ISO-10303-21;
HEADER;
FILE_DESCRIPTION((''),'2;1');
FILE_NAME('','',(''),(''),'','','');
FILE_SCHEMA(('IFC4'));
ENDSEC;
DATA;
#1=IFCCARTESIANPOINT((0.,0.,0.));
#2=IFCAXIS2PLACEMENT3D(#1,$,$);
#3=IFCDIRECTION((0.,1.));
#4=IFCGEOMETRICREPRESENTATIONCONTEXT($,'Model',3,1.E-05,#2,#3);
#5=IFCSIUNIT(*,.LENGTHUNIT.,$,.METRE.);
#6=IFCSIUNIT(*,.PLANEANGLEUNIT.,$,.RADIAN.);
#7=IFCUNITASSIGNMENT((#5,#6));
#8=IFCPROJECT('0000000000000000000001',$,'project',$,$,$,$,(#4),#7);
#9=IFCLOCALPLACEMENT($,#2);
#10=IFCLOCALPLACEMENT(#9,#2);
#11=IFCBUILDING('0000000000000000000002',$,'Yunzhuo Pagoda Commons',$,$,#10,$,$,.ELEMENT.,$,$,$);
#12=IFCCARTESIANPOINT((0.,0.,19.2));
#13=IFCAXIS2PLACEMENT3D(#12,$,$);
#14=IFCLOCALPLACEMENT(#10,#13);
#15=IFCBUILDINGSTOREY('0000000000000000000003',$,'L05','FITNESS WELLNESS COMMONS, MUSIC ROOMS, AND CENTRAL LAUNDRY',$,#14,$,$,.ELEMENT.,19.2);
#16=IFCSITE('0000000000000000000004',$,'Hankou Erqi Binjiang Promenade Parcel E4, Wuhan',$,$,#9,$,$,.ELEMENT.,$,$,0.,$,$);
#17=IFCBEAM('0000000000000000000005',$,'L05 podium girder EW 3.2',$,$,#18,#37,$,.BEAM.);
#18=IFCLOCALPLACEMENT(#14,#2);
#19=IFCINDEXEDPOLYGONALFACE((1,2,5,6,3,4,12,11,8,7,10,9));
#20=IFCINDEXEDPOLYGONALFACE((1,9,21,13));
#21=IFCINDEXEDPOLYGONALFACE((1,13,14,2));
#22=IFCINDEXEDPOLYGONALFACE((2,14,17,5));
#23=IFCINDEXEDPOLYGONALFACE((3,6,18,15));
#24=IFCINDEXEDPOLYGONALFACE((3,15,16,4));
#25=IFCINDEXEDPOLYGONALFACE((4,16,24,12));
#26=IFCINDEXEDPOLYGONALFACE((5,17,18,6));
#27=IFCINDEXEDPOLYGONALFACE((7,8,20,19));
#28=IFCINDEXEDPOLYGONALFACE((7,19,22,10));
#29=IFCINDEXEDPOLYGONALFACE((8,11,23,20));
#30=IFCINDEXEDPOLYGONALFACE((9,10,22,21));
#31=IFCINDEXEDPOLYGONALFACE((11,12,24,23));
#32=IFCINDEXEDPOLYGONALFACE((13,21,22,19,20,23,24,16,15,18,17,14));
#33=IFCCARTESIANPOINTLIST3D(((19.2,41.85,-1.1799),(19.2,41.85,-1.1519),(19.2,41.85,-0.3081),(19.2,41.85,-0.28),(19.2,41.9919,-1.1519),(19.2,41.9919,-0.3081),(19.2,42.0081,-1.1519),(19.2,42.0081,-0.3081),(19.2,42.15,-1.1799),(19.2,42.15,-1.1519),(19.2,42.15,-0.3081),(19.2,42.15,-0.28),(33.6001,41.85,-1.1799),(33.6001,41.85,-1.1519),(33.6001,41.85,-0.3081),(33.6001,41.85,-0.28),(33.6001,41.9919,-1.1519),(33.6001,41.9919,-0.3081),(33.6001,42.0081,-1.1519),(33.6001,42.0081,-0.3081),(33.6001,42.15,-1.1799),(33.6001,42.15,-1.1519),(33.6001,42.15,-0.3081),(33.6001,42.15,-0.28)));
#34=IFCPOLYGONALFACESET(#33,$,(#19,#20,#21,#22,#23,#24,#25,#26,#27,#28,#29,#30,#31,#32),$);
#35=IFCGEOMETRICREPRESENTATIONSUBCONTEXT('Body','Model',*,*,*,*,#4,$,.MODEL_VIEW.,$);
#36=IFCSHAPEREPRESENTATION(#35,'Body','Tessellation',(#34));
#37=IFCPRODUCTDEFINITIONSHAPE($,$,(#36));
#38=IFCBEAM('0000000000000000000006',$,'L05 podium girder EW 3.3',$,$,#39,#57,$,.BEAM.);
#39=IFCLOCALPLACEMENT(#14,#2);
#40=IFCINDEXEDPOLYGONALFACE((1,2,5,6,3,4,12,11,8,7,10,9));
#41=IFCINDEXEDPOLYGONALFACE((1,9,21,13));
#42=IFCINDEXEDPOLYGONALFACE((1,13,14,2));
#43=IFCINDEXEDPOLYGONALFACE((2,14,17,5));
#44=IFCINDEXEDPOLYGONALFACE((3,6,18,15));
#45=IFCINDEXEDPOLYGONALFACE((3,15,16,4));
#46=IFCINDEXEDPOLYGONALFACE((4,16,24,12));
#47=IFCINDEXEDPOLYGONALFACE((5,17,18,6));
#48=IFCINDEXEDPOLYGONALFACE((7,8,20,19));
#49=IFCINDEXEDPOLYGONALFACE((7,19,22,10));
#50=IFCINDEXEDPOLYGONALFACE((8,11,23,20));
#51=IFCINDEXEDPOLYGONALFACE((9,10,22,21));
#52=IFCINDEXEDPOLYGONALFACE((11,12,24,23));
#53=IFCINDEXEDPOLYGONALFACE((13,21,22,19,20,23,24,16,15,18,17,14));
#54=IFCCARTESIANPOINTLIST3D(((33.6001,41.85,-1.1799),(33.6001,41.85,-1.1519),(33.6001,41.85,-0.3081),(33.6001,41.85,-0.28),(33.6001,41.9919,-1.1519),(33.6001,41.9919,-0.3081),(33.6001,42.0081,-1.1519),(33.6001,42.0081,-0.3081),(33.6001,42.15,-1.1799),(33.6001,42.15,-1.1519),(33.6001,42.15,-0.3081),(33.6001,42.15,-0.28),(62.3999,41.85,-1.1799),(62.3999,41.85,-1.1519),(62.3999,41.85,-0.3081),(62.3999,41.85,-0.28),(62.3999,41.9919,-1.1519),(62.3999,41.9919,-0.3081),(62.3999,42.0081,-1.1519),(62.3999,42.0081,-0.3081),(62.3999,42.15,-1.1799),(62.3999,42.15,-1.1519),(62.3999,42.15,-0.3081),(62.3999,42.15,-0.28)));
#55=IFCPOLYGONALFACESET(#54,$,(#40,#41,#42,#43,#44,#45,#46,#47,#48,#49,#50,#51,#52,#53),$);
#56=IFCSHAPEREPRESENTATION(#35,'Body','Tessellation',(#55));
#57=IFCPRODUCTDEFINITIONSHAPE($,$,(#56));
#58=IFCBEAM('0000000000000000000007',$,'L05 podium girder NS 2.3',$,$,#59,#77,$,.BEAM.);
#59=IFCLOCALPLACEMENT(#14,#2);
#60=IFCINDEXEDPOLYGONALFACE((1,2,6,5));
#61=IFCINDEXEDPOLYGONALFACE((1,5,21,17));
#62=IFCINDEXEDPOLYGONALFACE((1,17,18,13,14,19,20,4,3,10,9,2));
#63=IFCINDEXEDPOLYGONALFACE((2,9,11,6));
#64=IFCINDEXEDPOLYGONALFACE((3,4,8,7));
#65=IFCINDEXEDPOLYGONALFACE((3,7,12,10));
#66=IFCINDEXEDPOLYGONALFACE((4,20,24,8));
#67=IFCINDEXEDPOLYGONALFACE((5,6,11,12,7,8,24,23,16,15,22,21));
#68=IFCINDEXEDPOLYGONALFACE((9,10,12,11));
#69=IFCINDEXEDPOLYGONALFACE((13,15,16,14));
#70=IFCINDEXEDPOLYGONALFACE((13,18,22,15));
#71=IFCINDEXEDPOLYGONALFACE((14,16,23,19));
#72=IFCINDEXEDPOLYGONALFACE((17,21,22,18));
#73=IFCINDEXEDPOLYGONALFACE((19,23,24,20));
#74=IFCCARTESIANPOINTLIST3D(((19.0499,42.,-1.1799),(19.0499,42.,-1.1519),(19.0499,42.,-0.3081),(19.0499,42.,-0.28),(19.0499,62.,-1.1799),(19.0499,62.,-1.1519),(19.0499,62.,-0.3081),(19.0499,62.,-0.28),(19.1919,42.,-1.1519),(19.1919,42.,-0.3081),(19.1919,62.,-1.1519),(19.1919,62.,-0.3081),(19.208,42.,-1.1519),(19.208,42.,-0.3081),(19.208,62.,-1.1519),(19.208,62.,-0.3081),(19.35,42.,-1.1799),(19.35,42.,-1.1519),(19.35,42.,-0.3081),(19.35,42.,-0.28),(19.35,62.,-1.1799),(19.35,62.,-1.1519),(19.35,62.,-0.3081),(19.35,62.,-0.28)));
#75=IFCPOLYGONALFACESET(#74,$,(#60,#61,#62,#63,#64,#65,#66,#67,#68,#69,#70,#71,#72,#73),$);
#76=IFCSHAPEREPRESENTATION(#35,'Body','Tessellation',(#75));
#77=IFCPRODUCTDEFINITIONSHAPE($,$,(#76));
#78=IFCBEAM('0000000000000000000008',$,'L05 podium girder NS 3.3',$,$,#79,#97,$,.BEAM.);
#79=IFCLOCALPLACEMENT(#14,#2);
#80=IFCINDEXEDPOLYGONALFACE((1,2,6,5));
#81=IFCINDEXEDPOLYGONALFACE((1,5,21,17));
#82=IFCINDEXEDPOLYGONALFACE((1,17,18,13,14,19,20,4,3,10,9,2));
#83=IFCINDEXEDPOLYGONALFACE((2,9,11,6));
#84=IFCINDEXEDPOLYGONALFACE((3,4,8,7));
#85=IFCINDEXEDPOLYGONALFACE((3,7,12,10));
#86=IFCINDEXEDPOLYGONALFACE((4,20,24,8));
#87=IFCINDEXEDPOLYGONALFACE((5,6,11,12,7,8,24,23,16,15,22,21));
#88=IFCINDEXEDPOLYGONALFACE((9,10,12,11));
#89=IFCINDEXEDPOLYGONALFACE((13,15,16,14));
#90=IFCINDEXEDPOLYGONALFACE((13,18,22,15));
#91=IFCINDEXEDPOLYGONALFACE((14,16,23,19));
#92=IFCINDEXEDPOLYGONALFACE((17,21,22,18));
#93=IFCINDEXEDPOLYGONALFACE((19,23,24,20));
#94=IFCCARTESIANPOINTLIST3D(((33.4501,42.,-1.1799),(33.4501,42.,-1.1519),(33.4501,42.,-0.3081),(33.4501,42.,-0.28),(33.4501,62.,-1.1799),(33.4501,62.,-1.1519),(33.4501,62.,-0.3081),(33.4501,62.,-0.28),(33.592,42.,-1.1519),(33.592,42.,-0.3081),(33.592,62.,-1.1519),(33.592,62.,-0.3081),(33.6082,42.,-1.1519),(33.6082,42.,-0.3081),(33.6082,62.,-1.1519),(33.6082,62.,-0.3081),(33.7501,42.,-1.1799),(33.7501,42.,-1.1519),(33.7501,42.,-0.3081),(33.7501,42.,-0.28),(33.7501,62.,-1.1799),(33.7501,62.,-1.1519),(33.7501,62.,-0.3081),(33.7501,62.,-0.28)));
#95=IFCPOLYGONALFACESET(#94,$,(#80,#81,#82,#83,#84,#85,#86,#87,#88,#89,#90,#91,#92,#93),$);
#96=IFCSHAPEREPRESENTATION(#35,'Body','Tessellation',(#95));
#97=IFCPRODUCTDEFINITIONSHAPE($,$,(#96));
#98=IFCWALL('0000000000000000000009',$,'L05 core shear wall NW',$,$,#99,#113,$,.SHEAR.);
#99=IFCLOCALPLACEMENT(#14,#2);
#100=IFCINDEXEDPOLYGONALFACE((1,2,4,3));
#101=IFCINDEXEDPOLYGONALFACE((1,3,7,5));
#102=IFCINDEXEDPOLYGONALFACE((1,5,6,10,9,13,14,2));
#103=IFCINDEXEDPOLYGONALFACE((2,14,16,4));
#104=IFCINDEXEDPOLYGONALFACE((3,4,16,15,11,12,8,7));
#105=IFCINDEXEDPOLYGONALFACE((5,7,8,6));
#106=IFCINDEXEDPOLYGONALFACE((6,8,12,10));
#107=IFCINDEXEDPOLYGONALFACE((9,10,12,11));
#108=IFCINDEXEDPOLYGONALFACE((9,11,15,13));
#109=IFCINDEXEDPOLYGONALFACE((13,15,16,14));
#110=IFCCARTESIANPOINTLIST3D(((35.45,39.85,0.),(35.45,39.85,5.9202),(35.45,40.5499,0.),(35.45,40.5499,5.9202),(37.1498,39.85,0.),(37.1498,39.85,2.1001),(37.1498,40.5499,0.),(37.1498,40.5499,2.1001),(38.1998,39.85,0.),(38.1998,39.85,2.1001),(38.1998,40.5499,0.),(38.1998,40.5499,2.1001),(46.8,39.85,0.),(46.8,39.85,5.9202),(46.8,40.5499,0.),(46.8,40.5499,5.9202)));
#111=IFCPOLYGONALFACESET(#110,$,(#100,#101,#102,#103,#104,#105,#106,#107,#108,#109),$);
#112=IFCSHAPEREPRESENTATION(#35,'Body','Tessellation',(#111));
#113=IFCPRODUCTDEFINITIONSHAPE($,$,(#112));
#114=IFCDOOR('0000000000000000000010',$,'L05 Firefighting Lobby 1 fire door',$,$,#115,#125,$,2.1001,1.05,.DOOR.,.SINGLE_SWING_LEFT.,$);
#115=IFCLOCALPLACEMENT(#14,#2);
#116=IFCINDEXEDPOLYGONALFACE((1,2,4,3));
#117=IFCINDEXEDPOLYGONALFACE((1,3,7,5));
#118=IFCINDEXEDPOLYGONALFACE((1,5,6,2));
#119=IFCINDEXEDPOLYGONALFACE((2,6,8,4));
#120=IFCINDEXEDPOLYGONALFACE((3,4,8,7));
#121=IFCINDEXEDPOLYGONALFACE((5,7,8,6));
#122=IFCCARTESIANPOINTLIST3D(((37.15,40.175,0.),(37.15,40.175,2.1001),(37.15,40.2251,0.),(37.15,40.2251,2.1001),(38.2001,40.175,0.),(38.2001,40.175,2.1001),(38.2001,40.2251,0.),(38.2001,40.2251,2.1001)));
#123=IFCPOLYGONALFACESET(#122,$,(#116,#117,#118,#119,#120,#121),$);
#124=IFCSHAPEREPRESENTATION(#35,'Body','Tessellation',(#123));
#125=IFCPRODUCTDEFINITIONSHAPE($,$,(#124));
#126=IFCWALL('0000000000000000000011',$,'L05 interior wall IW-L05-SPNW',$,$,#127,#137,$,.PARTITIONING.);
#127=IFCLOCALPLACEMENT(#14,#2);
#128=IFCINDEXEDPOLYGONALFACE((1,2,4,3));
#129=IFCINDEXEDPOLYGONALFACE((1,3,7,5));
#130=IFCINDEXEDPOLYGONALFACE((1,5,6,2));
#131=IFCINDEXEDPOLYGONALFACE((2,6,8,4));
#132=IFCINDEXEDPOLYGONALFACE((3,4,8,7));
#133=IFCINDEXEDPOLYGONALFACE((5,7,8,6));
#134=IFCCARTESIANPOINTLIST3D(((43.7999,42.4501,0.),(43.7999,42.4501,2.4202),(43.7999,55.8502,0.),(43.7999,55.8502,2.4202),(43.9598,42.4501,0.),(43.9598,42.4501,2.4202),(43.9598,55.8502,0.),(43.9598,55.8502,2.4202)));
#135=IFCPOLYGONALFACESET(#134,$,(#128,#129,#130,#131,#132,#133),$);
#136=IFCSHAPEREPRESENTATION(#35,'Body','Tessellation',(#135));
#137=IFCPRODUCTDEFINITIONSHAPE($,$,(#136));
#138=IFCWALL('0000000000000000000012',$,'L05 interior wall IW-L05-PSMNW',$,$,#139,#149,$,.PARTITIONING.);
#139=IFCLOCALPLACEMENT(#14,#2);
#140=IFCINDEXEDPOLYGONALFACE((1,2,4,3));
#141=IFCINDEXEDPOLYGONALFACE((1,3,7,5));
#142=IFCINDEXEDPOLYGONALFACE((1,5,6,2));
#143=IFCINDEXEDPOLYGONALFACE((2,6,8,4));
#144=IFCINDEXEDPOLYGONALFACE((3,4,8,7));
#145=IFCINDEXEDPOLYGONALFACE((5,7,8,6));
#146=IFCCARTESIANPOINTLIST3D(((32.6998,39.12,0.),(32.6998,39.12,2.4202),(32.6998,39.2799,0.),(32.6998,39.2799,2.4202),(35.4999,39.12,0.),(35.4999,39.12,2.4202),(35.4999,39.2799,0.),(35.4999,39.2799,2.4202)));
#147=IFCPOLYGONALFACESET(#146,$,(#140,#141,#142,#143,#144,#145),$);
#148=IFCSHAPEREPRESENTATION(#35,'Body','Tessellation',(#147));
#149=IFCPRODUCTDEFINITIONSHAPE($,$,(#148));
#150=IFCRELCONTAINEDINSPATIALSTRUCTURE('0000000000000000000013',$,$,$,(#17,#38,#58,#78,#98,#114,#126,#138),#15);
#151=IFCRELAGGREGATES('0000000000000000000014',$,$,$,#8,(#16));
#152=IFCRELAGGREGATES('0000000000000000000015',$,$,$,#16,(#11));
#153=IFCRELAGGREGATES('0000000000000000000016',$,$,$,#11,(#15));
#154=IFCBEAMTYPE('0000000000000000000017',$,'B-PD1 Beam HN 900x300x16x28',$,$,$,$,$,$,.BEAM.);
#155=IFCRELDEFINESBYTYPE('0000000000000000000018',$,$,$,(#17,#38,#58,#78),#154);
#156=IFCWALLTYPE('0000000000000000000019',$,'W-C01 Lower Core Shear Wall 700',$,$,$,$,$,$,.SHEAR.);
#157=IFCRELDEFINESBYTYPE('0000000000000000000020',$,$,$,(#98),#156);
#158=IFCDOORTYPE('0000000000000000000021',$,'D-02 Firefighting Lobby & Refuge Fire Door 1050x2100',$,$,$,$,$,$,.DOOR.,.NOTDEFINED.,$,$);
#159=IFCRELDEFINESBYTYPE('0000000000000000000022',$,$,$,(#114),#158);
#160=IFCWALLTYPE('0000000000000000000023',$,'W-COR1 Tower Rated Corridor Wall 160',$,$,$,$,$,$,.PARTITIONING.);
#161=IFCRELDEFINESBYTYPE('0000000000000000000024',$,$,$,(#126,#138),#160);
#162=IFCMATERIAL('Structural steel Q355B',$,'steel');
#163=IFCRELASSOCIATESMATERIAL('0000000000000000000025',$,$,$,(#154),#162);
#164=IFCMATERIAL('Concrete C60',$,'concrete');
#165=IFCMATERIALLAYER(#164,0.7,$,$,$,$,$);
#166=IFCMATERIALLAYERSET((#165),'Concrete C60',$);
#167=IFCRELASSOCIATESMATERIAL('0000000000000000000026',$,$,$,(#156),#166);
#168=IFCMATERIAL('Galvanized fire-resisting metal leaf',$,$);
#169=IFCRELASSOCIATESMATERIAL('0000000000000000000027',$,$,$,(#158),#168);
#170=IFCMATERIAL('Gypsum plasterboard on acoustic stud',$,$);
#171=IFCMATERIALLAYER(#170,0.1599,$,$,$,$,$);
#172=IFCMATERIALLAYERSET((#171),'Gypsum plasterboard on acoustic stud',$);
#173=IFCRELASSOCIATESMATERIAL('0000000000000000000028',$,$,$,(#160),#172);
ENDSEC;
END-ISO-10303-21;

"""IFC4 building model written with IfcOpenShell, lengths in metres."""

from ifc_helpers import new_model, si_unit, direction, frame, frame_2d, origin, origin_2d, place, context, subcontext, project, spatial, rectangle, i_section, extrude, source, transform, mapped, material, layer, layer_set, material_profile, profile_set, type_object, element, fill, save


model = new_model("IFC4")

# Units and contexts
model_context = context("Model", 3, precision=1e-05, world=origin(), true_north=direction((0.0, 1.0)))
body_context = subcontext(model_context, "Body", "Model", "MODEL_VIEW")
ifc_project = project(units=[si_unit("LENGTHUNIT", "METRE"), si_unit("PLANEANGLEUNIT", "RADIAN")], contexts=[model_context])

# Site, building, storey
site_placement = place(None, origin())
site = spatial("IfcSite", under=ifc_project, at=site_placement, Name="Hankou Erqi Binjiang Promenade Parcel E4, Wuhan", CompositionType="ELEMENT", RefElevation=0.0)
building_placement = place(site_placement, origin())
building = spatial("IfcBuilding", under=site, at=building_placement, Name="Yunzhuo Pagoda Commons", CompositionType="ELEMENT")
storey_placement = place(building_placement, frame((0.0, 0.0, 19.2)))
storey = spatial("IfcBuildingStorey", under=building, at=storey_placement, Name="L05", Description="FITNESS WELLNESS COMMONS, MUSIC ROOMS, AND CENTRAL LAUNDRY", CompositionType="ELEMENT", Elevation=19.2)

# Beams
ifc_material_1 = material(Name="Structural steel Q355B", Category="steel")
ifc_material_profile_1 = material_profile(ifc_material_1, i_section(OverallWidth=0.3, OverallDepth=0.8999, WebThickness=0.0161, FlangeThickness=0.0281, at=origin_2d()), Name="Structural steel Q355B")
ifc_profile_set_1 = profile_set([ifc_material_profile_1], Name="Structural steel Q355B")
beam_type_1 = type_object("IfcBeamType", Name="B-PD1 Beam HN 900x300x16x28", PredefinedType="BEAM", material=ifc_profile_set_1)
shared_shape_1 = source(origin(), body_context, "Body", "SweptSolid", [
    extrude(i_section(OverallWidth=0.3, OverallDepth=0.8999, WebThickness=0.0161, FlangeThickness=0.0281, at=origin_2d()), origin(), (0.0, 0.0, 1.0), 14.4001),
])
beam_1_placement = place(storey_placement, frame((19.2, 42.0, -0.73), z_axis=(1.0, 0.0, 0.0), x_axis=(0.0, 1.0, 0.0)))
element("IfcBeam", 1, at=beam_1_placement, inside=storey, type_object=beam_type_1, Name="L05 podium girder EW 3.2", PredefinedType="BEAM", context=body_context, shape_type="MappedRepresentation", body=[
    mapped(shared_shape_1, transform((0.0, 0.0, 0.0), scale=1.0)),
])
shared_shape_2 = source(origin(), body_context, "Body", "SweptSolid", [
    extrude(i_section(OverallWidth=0.3, OverallDepth=0.8999, WebThickness=0.0161, FlangeThickness=0.0281, at=origin_2d()), origin(), (0.0, 0.0, 1.0), 28.7998),
])
beam_2_placement = place(storey_placement, frame((33.6001, 42.0, -0.73), z_axis=(1.0, 0.0, 0.0), x_axis=(0.0, 1.0, 0.0)))
element("IfcBeam", 2, at=beam_2_placement, inside=storey, type_object=beam_type_1, Name="L05 podium girder EW 3.3", PredefinedType="BEAM", context=body_context, shape_type="MappedRepresentation", body=[
    mapped(shared_shape_2, transform((0.0, 0.0, 0.0), scale=1.0)),
])
shared_shape_3 = source(origin(), body_context, "Body", "SweptSolid", [
    extrude(i_section(OverallWidth=0.3, OverallDepth=0.8999, WebThickness=0.0161, FlangeThickness=0.0281, at=origin_2d()), origin(), (0.0, 0.0, 1.0), 20.0),
])
for number, where, z_axis, x_axis, name in (
    (3, (19.2, 42.0, -0.73), (0.0, 1.0, 0.0), (-1.0, 0.0, 0.0), "L05 podium girder NS 2.3"),
    (4, (33.6001, 42.0, -0.73), (0.0, 1.0, 0.0), (-1.0, 0.0, 0.0), "L05 podium girder NS 3.3"),
):
    element("IfcBeam", number, at=place(storey_placement, frame(where, z_axis=z_axis, x_axis=x_axis)), inside=storey, type_object=beam_type_1, Name=name, PredefinedType="BEAM", context=body_context, shape_type="MappedRepresentation", body=[
        mapped(shared_shape_3, transform((0.0, 0.0, 0.0), scale=1.0)),
    ])

# Wall, opening, door
ifc_material_2 = material(Name="Concrete C60", Category="concrete")
ifc_layer_1 = layer(ifc_material_2, 0.7)
ifc_layer_set_1 = layer_set([ifc_layer_1], Name="Concrete C60")
wall_type_1 = type_object("IfcWallType", Name="W-C01 Lower Core Shear Wall 700", PredefinedType="SHEAR", material=ifc_layer_set_1)
wall_1_placement = place(storey_placement, frame((35.45, 40.2, 0.0), z_axis=(0.0, 0.0, 1.0), x_axis=(1.0, 0.0, 0.0)))
wall_1 = element("IfcWall", 5, at=wall_1_placement, inside=storey, type_object=wall_type_1, Name="L05 core shear wall NW", PredefinedType="SHEAR", context=body_context, shape_type="SweptSolid", body=[
    extrude(rectangle(XDim=11.3501, YDim=0.7, at=frame_2d((5.675, 0.0))), origin(), (0.0, 0.0, 1.0), 5.9202),
])
opening_1_placement = place(wall_1_placement, frame((1.7, 0.0, 0.0)))
opening_1 = element("IfcOpeningElement", 6, at=opening_1_placement, cuts=wall_1, PredefinedType="OPENING", context=body_context, shape_type="SweptSolid", body=[
    extrude(rectangle(XDim=1.05, YDim=2.1001, at=frame_2d((0.5249, 1.05))), frame((0.0, 0.3599, 0.0), z_axis=(0.0, -1.0, 0.0), x_axis=(1.0, 0.0, 0.0)), (0.0, 0.0, 1.0), 0.72),
])
ifc_material_3 = material(Name="Galvanized fire-resisting metal leaf")
door_type_1 = type_object("IfcDoorType", Name="D-02 Firefighting Lobby & Refuge Fire Door 1050x2100", OperationType="NOTDEFINED", PredefinedType="DOOR", material=ifc_material_3)
shared_shape_4 = source(origin(), body_context, "Body", "SweptSolid", [
    extrude(rectangle(XDim=1.05, YDim=2.1001, at=frame_2d((0.5249, 1.05))), frame((0.0, 0.0249, 0.0), z_axis=(0.0, -1.0, 0.0), x_axis=(1.0, 0.0, 0.0)), (0.0, 0.0, 1.0), 0.05),
])
door_1_placement = place(opening_1_placement, frame((1.05, 0.0, 0.0), z_axis=(0.0, 0.0, 1.0), x_axis=(-1.0, 0.0, 0.0)))
door_1 = element("IfcDoor", 7, at=door_1_placement, inside=storey, type_object=door_type_1, Name="L05 Firefighting Lobby 1 fire door", OperationType="SINGLE_SWING_LEFT", OverallHeight=2.1001, OverallWidth=1.05, PredefinedType="DOOR", context=body_context, shape_type="MappedRepresentation", body=[
    mapped(shared_shape_4, transform((0.0, 0.0, 0.0), scale=1.0)),
])
fill(opening_1, door_1)

# Walls
ifc_material_4 = material(Name="Gypsum plasterboard on acoustic stud")
ifc_layer_2 = layer(ifc_material_4, 0.1599)
ifc_layer_set_2 = layer_set([ifc_layer_2], Name="Gypsum plasterboard on acoustic stud")
wall_type_2 = type_object("IfcWallType", Name="W-COR1 Tower Rated Corridor Wall 160", PredefinedType="PARTITIONING", material=ifc_layer_set_2)
wall_2_placement = place(storey_placement, frame((43.8799, 42.45, 0.0), z_axis=(0.0, 0.0, 1.0), x_axis=(0.0, 1.0, 0.0)))
element("IfcWall", 8, at=wall_2_placement, inside=storey, type_object=wall_type_2, Name="L05 interior wall IW-L05-SPNW", PredefinedType="PARTITIONING", context=body_context, shape_type="SweptSolid", body=[
    extrude(rectangle(XDim=13.4001, YDim=0.1599, at=frame_2d((6.7002, 0.0))), origin(), (0.0, 0.0, 1.0), 2.4202),
])
wall_3_placement = place(storey_placement, frame((32.7, 39.2, 0.0), z_axis=(0.0, 0.0, 1.0), x_axis=(1.0, 0.0, 0.0)))
element("IfcWall", 9, at=wall_3_placement, inside=storey, type_object=wall_type_2, Name="L05 interior wall IW-L05-PSMNW", PredefinedType="PARTITIONING", context=body_context, shape_type="SweptSolid", body=[
    extrude(rectangle(XDim=2.8, YDim=0.1599, at=frame_2d((1.3999, 0.0))), origin(), (0.0, 0.0, 1.0), 2.4202),
])

save(model, "model.ifc")
